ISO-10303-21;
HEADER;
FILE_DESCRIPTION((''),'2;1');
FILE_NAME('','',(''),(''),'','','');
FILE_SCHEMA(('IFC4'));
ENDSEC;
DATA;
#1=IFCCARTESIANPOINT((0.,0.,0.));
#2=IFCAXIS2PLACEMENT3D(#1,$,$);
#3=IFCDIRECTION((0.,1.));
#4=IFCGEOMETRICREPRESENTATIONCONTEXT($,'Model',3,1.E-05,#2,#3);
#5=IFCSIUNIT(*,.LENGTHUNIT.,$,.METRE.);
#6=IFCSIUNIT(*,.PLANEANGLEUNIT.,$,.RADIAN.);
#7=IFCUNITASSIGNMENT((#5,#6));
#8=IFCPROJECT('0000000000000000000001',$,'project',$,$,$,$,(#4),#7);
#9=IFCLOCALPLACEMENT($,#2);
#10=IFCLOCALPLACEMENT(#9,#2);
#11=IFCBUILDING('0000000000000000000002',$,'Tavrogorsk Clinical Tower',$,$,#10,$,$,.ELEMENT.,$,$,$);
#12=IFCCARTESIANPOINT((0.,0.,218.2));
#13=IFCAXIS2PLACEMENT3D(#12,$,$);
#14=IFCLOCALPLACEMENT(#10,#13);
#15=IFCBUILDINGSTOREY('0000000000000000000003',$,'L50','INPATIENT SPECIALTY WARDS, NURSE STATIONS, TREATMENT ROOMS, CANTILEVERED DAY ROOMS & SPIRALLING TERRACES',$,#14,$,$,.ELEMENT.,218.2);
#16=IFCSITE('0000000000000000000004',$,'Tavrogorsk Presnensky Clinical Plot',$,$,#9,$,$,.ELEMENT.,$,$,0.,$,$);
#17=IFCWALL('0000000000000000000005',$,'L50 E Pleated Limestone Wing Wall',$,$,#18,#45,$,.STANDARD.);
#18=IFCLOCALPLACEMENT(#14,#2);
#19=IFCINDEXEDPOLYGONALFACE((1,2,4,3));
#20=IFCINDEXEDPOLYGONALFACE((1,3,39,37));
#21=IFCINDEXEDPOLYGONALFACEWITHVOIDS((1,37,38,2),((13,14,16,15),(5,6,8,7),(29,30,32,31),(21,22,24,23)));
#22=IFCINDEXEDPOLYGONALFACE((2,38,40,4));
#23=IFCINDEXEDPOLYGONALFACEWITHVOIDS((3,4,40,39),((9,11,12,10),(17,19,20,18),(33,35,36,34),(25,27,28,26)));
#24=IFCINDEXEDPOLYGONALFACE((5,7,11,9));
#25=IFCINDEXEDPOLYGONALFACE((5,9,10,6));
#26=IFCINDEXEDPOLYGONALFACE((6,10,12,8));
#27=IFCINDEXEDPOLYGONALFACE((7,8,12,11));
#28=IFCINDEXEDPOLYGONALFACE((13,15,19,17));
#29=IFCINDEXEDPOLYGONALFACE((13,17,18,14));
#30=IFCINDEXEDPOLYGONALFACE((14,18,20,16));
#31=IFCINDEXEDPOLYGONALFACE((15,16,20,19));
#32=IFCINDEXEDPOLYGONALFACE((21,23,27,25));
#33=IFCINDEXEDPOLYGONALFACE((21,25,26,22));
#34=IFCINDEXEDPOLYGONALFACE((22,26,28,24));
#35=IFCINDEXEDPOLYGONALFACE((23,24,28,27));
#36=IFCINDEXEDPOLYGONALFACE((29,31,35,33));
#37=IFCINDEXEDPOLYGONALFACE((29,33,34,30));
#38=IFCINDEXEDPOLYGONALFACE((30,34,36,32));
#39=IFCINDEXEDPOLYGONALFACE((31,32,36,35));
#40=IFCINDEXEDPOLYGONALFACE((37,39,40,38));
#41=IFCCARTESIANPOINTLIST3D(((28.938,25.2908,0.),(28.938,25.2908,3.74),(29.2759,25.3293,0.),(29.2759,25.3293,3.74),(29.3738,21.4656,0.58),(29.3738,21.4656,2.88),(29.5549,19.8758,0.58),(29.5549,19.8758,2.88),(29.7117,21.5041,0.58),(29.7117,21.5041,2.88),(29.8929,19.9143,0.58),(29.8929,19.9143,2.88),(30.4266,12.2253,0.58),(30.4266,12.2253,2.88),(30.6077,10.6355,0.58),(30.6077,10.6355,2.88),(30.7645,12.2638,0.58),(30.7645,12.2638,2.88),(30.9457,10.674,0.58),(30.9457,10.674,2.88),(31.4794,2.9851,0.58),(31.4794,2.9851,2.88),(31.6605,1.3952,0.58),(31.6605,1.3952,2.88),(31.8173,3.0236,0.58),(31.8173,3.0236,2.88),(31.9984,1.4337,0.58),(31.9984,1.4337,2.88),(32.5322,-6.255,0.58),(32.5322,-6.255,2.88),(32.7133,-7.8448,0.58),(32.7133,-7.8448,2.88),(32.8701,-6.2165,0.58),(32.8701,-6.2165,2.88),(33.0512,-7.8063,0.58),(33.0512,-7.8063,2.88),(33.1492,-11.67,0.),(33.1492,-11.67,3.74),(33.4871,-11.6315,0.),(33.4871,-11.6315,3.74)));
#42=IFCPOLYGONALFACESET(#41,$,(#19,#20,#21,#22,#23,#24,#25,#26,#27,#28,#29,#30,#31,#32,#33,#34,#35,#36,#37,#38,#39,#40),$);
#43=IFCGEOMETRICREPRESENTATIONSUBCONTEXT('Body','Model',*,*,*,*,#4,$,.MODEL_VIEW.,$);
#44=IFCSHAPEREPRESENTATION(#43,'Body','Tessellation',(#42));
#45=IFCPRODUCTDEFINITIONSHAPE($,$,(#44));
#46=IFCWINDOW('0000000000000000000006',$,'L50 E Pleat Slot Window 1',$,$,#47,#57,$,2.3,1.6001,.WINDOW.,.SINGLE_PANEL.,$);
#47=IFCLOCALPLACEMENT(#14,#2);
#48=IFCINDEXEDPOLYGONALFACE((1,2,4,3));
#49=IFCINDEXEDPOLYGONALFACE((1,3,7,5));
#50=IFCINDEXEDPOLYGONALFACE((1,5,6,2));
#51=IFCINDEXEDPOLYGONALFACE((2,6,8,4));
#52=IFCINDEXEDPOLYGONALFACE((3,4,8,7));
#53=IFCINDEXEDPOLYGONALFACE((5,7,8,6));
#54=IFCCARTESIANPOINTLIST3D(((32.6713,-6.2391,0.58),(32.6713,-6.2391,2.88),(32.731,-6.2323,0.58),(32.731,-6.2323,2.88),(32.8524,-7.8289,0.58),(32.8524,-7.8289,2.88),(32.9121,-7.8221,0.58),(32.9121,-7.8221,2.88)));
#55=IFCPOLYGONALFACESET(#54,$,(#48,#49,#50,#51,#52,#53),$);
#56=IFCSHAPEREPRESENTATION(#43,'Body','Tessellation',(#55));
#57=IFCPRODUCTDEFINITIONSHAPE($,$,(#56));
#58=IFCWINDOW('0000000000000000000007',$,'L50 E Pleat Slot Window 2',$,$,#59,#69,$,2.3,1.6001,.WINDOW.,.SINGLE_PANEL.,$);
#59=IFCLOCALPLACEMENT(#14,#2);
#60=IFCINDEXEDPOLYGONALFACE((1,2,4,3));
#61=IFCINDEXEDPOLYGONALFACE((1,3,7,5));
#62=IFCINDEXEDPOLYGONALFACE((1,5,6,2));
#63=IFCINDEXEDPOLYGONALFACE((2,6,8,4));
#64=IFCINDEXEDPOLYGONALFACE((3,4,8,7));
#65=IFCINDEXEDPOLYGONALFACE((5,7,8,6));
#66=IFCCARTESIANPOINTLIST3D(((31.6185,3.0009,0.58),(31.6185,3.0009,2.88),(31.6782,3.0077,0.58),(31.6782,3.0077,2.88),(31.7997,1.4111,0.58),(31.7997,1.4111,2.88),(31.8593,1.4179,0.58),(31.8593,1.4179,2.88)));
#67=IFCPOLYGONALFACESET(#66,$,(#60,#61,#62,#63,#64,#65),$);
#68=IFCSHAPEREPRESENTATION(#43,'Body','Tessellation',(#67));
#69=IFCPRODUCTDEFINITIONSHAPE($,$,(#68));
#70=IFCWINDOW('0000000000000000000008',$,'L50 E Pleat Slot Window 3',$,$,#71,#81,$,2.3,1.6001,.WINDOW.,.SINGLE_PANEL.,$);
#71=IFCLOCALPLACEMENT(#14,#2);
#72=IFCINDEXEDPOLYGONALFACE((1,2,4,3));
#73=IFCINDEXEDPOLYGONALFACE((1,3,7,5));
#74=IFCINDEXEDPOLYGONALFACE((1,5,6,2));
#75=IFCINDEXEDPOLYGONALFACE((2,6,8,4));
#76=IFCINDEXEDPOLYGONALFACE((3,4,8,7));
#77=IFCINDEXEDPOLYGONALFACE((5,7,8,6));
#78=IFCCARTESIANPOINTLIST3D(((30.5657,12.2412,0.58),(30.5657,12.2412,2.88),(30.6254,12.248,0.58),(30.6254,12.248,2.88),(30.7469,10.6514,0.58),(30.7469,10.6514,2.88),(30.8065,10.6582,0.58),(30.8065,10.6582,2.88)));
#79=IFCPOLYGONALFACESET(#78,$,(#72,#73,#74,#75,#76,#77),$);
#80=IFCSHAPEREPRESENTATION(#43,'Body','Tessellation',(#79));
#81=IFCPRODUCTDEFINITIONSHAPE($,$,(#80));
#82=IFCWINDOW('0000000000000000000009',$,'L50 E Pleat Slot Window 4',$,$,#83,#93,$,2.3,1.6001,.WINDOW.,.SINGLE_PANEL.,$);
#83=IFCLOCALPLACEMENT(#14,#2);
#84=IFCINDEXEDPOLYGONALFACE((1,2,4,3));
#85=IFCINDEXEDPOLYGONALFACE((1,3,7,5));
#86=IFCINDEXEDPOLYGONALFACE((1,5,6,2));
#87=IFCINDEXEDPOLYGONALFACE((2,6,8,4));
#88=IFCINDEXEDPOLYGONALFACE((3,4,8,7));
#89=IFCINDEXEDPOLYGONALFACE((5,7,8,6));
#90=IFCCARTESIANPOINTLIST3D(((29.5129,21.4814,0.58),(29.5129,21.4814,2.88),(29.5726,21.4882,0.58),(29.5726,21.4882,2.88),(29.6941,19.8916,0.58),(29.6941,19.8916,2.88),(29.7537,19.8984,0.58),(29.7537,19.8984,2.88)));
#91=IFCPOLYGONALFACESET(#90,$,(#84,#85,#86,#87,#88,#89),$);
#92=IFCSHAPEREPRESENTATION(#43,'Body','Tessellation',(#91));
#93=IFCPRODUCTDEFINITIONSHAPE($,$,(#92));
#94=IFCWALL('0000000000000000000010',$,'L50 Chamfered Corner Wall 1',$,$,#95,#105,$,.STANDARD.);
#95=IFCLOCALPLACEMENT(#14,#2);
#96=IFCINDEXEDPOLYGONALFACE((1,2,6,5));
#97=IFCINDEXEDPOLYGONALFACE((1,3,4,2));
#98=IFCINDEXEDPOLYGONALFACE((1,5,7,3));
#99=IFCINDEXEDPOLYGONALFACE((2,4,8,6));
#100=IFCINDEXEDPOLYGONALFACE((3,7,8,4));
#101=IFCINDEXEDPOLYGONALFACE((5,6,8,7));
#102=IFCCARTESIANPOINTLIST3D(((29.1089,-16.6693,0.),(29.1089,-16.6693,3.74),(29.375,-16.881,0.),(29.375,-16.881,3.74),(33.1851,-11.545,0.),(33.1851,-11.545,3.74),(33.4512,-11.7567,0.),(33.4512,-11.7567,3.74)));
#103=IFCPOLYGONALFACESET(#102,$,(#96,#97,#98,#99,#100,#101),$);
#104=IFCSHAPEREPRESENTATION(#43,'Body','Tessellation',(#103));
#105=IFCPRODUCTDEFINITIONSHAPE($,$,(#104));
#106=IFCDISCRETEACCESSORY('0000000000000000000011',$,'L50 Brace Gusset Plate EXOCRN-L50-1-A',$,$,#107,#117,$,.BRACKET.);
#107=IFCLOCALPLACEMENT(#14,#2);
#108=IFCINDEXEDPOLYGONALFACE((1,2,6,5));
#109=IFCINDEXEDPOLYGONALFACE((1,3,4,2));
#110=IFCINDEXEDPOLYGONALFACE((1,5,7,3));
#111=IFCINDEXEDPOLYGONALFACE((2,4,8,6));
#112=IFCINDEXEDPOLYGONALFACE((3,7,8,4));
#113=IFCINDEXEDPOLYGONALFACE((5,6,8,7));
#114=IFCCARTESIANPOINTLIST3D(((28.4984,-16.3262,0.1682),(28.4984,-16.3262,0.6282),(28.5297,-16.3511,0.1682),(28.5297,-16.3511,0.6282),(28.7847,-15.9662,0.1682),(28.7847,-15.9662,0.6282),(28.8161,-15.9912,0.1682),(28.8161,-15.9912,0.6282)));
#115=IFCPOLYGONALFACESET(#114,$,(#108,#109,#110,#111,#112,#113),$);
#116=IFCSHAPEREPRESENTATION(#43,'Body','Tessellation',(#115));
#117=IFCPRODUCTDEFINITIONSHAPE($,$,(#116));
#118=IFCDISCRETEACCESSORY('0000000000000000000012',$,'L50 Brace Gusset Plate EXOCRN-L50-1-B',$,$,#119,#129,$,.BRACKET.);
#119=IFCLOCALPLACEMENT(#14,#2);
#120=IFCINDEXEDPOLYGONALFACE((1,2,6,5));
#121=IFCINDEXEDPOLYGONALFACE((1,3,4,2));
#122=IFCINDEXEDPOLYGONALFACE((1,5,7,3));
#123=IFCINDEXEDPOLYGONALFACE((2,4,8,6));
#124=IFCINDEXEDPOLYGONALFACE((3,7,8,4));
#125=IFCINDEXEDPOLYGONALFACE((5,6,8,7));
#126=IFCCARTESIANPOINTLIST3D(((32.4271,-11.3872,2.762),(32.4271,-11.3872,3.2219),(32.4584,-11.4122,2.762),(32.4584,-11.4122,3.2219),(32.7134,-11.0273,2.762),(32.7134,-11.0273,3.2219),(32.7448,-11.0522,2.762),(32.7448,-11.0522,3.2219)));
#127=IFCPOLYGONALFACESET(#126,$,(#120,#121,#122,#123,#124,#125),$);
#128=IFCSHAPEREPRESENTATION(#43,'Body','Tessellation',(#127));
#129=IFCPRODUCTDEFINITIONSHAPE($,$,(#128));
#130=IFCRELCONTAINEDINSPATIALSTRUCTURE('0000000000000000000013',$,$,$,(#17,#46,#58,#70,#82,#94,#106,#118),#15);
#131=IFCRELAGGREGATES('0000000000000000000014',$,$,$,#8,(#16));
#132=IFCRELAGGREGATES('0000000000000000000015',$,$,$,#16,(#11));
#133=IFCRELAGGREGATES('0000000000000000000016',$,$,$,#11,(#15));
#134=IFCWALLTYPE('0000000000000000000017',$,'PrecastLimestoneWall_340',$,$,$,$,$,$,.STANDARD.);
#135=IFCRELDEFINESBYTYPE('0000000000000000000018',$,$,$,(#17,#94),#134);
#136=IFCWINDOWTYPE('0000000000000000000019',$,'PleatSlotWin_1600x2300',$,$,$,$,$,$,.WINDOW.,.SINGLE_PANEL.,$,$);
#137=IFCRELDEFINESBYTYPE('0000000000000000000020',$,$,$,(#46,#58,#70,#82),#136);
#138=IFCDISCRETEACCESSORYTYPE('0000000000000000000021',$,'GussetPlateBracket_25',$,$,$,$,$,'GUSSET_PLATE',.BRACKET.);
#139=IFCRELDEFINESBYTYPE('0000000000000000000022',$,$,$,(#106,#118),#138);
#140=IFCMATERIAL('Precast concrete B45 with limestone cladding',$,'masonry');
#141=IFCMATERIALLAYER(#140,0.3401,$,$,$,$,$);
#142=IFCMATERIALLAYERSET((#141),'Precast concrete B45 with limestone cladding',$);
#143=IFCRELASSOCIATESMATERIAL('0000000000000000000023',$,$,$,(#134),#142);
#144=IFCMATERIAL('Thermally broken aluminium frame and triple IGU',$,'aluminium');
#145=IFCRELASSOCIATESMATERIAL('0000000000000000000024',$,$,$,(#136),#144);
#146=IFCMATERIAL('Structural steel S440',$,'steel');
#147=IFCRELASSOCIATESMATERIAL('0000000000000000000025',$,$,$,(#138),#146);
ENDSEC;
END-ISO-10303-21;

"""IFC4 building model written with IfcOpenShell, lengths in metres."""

from ifc_helpers import new_model, si_unit, direction, frame, frame_2d, origin, origin_2d, place, context, subcontext, project, spatial, rectangle, extrude, material, layer, layer_set, type_object, element, fill, save


model = new_model("IFC4")

# Units and contexts
model_context = context("Model", 3, precision=1e-05, world=origin(), true_north=direction((0.0, 1.0)))
body_context = subcontext(model_context, "Body", "Model", "MODEL_VIEW")
ifc_project = project(units=[si_unit("LENGTHUNIT", "METRE"), si_unit("PLANEANGLEUNIT", "RADIAN")], contexts=[model_context])

# Site, building, storey
site_placement = place(None, origin())
site = spatial("IfcSite", under=ifc_project, at=site_placement, Name="Tavrogorsk Presnensky Clinical Plot", CompositionType="ELEMENT", RefElevation=0.0)
building_placement = place(site_placement, origin())
building = spatial("IfcBuilding", under=site, at=building_placement, Name="Tavrogorsk Clinical Tower", CompositionType="ELEMENT")
storey_placement = place(building_placement, frame((0.0, 0.0, 218.2)))
storey = spatial("IfcBuildingStorey", under=building, at=storey_placement, Name="L50", Description="INPATIENT SPECIALTY WARDS, NURSE STATIONS, TREATMENT ROOMS, CANTILEVERED DAY ROOMS & SPIRALLING TERRACES", CompositionType="ELEMENT", Elevation=218.2)

# Wall, openings, windows
ifc_material_1 = material(Name="Precast concrete B45 with limestone cladding", Category="masonry")
ifc_layer_1 = layer(ifc_material_1, 0.3401)
ifc_layer_set_1 = layer_set([ifc_layer_1], Name="Precast concrete B45 with limestone cladding")
wall_type_1 = type_object("IfcWallType", Name="PrecastLimestoneWall_340", PredefinedType="STANDARD", material=ifc_layer_set_1)
wall_1_placement = place(storey_placement, frame((33.3181, -11.6509, 0.0), z_axis=(0.0, 0.0, 1.0), x_axis=(-0.113204, 0.993572, 0.0)))
wall_1 = element("IfcWall", 1, at=wall_1_placement, inside=storey, type_object=wall_type_1, Name="L50 E Pleated Limestone Wing Wall", PredefinedType="STANDARD", context=body_context, shape_type="SweptSolid", body=[
    extrude(rectangle(XDim=37.2, YDim=0.3401, at=frame_2d((18.6001, 0.0))), origin(), (0.0, 0.0, 1.0), 3.74),
])
opening_1_placement = place(wall_1_placement, frame((3.8501, 0.0, 0.5801)))
opening_1 = element("IfcOpeningElement", 2, at=opening_1_placement, cuts=wall_1, PredefinedType="OPENING", context=body_context, shape_type="SweptSolid", body=[
    extrude(rectangle(XDim=1.6001, YDim=2.3, at=frame_2d((0.8, 1.1499))), frame((0.0, 0.1799, 0.0), z_axis=(0.0, -1.0, 0.0), x_axis=(1.0, 0.0, 0.0)), (0.0, 0.0, 1.0), 0.3601),
])
opening_2_placement = place(wall_1_placement, frame((13.1499, 0.0, 0.5801)))
opening_2 = element("IfcOpeningElement", 3, at=opening_2_placement, cuts=wall_1, PredefinedType="OPENING", context=body_context, shape_type="SweptSolid", body=[
    extrude(rectangle(XDim=1.6001, YDim=2.3, at=frame_2d((0.8, 1.1499))), frame((0.0, 0.1799, 0.0), z_axis=(0.0, -1.0, 0.0), x_axis=(1.0, 0.0, 0.0)), (0.0, 0.0, 1.0), 0.3601),
])
opening_3_placement = place(wall_1_placement, frame((22.45, 0.0, 0.5801)))
opening_3 = element("IfcOpeningElement", 4, at=opening_3_placement, cuts=wall_1, PredefinedType="OPENING", context=body_context, shape_type="SweptSolid", body=[
    extrude(rectangle(XDim=1.6001, YDim=2.3, at=frame_2d((0.8, 1.1499))), frame((0.0, 0.1799, 0.0), z_axis=(0.0, -1.0, 0.0), x_axis=(1.0, 0.0, 0.0)), (0.0, 0.0, 1.0), 0.3601),
])
opening_4_placement = place(wall_1_placement, frame((31.75, 0.0, 0.5801)))
opening_4 = element("IfcOpeningElement", 5, at=opening_4_placement, cuts=wall_1, PredefinedType="OPENING", context=body_context, shape_type="SweptSolid", body=[
    extrude(rectangle(XDim=1.6001, YDim=2.3, at=frame_2d((0.8, 1.1499))), frame((0.0, 0.1799, 0.0), z_axis=(0.0, -1.0, 0.0), x_axis=(1.0, 0.0, 0.0)), (0.0, 0.0, 1.0), 0.3601),
])
ifc_material_2 = material(Name="Thermally broken aluminium frame and triple IGU", Category="aluminium")
window_type = type_object("IfcWindowType", Name="PleatSlotWin_1600x2300", PartitioningType="SINGLE_PANEL", PredefinedType="WINDOW", material=ifc_material_2)
window_1_placement = place(opening_1_placement, origin())
window_1 = element("IfcWindow", 6, at=window_1_placement, inside=storey, type_object=window_type, Name="L50 E Pleat Slot Window 1", OverallHeight=2.3, OverallWidth=1.6001, PartitioningType="SINGLE_PANEL", PredefinedType="WINDOW", context=body_context, shape_type="SweptSolid", body=[
    extrude(rectangle(XDim=1.6001, YDim=2.3, at=frame_2d((0.8, 1.1499))), frame((0.0, 0.03, 0.0), z_axis=(0.0, -1.0, 0.0), x_axis=(1.0, 0.0, 0.0)), (0.0, 0.0, 1.0), 0.0601),
])
fill(opening_1, window_1)
window_2_placement = place(opening_2_placement, origin())
window_2 = element("IfcWindow", 7, at=window_2_placement, inside=storey, type_object=window_type, Name="L50 E Pleat Slot Window 2", OverallHeight=2.3, OverallWidth=1.6001, PartitioningType="SINGLE_PANEL", PredefinedType="WINDOW", context=body_context, shape_type="SweptSolid", body=[
    extrude(rectangle(XDim=1.6001, YDim=2.3, at=frame_2d((0.8, 1.1499))), frame((0.0, 0.03, 0.0), z_axis=(0.0, -1.0, 0.0), x_axis=(1.0, 0.0, 0.0)), (0.0, 0.0, 1.0), 0.0601),
])
fill(opening_2, window_2)
window_3_placement = place(opening_3_placement, origin())
window_3 = element("IfcWindow", 8, at=window_3_placement, inside=storey, type_object=window_type, Name="L50 E Pleat Slot Window 3", OverallHeight=2.3, OverallWidth=1.6001, PartitioningType="SINGLE_PANEL", PredefinedType="WINDOW", context=body_context, shape_type="SweptSolid", body=[
    extrude(rectangle(XDim=1.6001, YDim=2.3, at=frame_2d((0.8, 1.1499))), frame((0.0, 0.03, 0.0), z_axis=(0.0, -1.0, 0.0), x_axis=(1.0, 0.0, 0.0)), (0.0, 0.0, 1.0), 0.0601),
])
fill(opening_3, window_3)
window_4_placement = place(opening_4_placement, origin())
window_4 = element("IfcWindow", 9, at=window_4_placement, inside=storey, type_object=window_type, Name="L50 E Pleat Slot Window 4", OverallHeight=2.3, OverallWidth=1.6001, PartitioningType="SINGLE_PANEL", PredefinedType="WINDOW", context=body_context, shape_type="SweptSolid", body=[
    extrude(rectangle(XDim=1.6001, YDim=2.3, at=frame_2d((0.8, 1.1499))), frame((0.0, 0.03, 0.0), z_axis=(0.0, -1.0, 0.0), x_axis=(1.0, 0.0, 0.0)), (0.0, 0.0, 1.0), 0.0601),
])
fill(opening_4, window_4)

# Wall
wall_2_placement = place(storey_placement, frame((29.2419, -16.7751, 0.0), z_axis=(0.0, 0.0, 1.0), x_axis=(0.622528, 0.782597, 0.0)))
element("IfcWall", 10, at=wall_2_placement, inside=storey, type_object=wall_type_1, Name="L50 Chamfered Corner Wall 1", PredefinedType="STANDARD", context=body_context, shape_type="SweptSolid", body=[
    extrude(rectangle(XDim=6.5479, YDim=0.3401, at=frame_2d((3.2739, 0.0))), origin(), (0.0, 0.0, 1.0), 3.74),
])

# Discrete accessories
ifc_material_3 = material(Name="Structural steel S440", Category="steel")
discrete_accessory_type = type_object("IfcDiscreteAccessoryType", Name="GussetPlateBracket_25", ElementType="GUSSET_PLATE", PredefinedType="BRACKET", material=ifc_material_3)
for number, where, z_axis, x_axis, name in (
    (11, (28.6572, -16.1587, 0.1682), (0.0, 0.0, 1.0), (0.622515, 0.782608, 0.0), "L50 Brace Gusset Plate EXOCRN-L50-1-A"),
    (12, (32.5859, -11.2197, 2.762), (0.0, 0.0, 1.0), (0.622515, 0.782608, 0.0), "L50 Brace Gusset Plate EXOCRN-L50-1-B"),
):
    element("IfcDiscreteAccessory", number, at=place(storey_placement, frame(where, z_axis=z_axis, x_axis=x_axis)), inside=storey, type_object=discrete_accessory_type, Name=name, PredefinedType="BRACKET", context=body_context, shape_type="SweptSolid", body=[
        extrude(rectangle(XDim=0.46, YDim=0.04, at=origin_2d()), origin(), (0.0, 0.0, 1.0), 0.46),
    ])

save(model, "model.ifc")
